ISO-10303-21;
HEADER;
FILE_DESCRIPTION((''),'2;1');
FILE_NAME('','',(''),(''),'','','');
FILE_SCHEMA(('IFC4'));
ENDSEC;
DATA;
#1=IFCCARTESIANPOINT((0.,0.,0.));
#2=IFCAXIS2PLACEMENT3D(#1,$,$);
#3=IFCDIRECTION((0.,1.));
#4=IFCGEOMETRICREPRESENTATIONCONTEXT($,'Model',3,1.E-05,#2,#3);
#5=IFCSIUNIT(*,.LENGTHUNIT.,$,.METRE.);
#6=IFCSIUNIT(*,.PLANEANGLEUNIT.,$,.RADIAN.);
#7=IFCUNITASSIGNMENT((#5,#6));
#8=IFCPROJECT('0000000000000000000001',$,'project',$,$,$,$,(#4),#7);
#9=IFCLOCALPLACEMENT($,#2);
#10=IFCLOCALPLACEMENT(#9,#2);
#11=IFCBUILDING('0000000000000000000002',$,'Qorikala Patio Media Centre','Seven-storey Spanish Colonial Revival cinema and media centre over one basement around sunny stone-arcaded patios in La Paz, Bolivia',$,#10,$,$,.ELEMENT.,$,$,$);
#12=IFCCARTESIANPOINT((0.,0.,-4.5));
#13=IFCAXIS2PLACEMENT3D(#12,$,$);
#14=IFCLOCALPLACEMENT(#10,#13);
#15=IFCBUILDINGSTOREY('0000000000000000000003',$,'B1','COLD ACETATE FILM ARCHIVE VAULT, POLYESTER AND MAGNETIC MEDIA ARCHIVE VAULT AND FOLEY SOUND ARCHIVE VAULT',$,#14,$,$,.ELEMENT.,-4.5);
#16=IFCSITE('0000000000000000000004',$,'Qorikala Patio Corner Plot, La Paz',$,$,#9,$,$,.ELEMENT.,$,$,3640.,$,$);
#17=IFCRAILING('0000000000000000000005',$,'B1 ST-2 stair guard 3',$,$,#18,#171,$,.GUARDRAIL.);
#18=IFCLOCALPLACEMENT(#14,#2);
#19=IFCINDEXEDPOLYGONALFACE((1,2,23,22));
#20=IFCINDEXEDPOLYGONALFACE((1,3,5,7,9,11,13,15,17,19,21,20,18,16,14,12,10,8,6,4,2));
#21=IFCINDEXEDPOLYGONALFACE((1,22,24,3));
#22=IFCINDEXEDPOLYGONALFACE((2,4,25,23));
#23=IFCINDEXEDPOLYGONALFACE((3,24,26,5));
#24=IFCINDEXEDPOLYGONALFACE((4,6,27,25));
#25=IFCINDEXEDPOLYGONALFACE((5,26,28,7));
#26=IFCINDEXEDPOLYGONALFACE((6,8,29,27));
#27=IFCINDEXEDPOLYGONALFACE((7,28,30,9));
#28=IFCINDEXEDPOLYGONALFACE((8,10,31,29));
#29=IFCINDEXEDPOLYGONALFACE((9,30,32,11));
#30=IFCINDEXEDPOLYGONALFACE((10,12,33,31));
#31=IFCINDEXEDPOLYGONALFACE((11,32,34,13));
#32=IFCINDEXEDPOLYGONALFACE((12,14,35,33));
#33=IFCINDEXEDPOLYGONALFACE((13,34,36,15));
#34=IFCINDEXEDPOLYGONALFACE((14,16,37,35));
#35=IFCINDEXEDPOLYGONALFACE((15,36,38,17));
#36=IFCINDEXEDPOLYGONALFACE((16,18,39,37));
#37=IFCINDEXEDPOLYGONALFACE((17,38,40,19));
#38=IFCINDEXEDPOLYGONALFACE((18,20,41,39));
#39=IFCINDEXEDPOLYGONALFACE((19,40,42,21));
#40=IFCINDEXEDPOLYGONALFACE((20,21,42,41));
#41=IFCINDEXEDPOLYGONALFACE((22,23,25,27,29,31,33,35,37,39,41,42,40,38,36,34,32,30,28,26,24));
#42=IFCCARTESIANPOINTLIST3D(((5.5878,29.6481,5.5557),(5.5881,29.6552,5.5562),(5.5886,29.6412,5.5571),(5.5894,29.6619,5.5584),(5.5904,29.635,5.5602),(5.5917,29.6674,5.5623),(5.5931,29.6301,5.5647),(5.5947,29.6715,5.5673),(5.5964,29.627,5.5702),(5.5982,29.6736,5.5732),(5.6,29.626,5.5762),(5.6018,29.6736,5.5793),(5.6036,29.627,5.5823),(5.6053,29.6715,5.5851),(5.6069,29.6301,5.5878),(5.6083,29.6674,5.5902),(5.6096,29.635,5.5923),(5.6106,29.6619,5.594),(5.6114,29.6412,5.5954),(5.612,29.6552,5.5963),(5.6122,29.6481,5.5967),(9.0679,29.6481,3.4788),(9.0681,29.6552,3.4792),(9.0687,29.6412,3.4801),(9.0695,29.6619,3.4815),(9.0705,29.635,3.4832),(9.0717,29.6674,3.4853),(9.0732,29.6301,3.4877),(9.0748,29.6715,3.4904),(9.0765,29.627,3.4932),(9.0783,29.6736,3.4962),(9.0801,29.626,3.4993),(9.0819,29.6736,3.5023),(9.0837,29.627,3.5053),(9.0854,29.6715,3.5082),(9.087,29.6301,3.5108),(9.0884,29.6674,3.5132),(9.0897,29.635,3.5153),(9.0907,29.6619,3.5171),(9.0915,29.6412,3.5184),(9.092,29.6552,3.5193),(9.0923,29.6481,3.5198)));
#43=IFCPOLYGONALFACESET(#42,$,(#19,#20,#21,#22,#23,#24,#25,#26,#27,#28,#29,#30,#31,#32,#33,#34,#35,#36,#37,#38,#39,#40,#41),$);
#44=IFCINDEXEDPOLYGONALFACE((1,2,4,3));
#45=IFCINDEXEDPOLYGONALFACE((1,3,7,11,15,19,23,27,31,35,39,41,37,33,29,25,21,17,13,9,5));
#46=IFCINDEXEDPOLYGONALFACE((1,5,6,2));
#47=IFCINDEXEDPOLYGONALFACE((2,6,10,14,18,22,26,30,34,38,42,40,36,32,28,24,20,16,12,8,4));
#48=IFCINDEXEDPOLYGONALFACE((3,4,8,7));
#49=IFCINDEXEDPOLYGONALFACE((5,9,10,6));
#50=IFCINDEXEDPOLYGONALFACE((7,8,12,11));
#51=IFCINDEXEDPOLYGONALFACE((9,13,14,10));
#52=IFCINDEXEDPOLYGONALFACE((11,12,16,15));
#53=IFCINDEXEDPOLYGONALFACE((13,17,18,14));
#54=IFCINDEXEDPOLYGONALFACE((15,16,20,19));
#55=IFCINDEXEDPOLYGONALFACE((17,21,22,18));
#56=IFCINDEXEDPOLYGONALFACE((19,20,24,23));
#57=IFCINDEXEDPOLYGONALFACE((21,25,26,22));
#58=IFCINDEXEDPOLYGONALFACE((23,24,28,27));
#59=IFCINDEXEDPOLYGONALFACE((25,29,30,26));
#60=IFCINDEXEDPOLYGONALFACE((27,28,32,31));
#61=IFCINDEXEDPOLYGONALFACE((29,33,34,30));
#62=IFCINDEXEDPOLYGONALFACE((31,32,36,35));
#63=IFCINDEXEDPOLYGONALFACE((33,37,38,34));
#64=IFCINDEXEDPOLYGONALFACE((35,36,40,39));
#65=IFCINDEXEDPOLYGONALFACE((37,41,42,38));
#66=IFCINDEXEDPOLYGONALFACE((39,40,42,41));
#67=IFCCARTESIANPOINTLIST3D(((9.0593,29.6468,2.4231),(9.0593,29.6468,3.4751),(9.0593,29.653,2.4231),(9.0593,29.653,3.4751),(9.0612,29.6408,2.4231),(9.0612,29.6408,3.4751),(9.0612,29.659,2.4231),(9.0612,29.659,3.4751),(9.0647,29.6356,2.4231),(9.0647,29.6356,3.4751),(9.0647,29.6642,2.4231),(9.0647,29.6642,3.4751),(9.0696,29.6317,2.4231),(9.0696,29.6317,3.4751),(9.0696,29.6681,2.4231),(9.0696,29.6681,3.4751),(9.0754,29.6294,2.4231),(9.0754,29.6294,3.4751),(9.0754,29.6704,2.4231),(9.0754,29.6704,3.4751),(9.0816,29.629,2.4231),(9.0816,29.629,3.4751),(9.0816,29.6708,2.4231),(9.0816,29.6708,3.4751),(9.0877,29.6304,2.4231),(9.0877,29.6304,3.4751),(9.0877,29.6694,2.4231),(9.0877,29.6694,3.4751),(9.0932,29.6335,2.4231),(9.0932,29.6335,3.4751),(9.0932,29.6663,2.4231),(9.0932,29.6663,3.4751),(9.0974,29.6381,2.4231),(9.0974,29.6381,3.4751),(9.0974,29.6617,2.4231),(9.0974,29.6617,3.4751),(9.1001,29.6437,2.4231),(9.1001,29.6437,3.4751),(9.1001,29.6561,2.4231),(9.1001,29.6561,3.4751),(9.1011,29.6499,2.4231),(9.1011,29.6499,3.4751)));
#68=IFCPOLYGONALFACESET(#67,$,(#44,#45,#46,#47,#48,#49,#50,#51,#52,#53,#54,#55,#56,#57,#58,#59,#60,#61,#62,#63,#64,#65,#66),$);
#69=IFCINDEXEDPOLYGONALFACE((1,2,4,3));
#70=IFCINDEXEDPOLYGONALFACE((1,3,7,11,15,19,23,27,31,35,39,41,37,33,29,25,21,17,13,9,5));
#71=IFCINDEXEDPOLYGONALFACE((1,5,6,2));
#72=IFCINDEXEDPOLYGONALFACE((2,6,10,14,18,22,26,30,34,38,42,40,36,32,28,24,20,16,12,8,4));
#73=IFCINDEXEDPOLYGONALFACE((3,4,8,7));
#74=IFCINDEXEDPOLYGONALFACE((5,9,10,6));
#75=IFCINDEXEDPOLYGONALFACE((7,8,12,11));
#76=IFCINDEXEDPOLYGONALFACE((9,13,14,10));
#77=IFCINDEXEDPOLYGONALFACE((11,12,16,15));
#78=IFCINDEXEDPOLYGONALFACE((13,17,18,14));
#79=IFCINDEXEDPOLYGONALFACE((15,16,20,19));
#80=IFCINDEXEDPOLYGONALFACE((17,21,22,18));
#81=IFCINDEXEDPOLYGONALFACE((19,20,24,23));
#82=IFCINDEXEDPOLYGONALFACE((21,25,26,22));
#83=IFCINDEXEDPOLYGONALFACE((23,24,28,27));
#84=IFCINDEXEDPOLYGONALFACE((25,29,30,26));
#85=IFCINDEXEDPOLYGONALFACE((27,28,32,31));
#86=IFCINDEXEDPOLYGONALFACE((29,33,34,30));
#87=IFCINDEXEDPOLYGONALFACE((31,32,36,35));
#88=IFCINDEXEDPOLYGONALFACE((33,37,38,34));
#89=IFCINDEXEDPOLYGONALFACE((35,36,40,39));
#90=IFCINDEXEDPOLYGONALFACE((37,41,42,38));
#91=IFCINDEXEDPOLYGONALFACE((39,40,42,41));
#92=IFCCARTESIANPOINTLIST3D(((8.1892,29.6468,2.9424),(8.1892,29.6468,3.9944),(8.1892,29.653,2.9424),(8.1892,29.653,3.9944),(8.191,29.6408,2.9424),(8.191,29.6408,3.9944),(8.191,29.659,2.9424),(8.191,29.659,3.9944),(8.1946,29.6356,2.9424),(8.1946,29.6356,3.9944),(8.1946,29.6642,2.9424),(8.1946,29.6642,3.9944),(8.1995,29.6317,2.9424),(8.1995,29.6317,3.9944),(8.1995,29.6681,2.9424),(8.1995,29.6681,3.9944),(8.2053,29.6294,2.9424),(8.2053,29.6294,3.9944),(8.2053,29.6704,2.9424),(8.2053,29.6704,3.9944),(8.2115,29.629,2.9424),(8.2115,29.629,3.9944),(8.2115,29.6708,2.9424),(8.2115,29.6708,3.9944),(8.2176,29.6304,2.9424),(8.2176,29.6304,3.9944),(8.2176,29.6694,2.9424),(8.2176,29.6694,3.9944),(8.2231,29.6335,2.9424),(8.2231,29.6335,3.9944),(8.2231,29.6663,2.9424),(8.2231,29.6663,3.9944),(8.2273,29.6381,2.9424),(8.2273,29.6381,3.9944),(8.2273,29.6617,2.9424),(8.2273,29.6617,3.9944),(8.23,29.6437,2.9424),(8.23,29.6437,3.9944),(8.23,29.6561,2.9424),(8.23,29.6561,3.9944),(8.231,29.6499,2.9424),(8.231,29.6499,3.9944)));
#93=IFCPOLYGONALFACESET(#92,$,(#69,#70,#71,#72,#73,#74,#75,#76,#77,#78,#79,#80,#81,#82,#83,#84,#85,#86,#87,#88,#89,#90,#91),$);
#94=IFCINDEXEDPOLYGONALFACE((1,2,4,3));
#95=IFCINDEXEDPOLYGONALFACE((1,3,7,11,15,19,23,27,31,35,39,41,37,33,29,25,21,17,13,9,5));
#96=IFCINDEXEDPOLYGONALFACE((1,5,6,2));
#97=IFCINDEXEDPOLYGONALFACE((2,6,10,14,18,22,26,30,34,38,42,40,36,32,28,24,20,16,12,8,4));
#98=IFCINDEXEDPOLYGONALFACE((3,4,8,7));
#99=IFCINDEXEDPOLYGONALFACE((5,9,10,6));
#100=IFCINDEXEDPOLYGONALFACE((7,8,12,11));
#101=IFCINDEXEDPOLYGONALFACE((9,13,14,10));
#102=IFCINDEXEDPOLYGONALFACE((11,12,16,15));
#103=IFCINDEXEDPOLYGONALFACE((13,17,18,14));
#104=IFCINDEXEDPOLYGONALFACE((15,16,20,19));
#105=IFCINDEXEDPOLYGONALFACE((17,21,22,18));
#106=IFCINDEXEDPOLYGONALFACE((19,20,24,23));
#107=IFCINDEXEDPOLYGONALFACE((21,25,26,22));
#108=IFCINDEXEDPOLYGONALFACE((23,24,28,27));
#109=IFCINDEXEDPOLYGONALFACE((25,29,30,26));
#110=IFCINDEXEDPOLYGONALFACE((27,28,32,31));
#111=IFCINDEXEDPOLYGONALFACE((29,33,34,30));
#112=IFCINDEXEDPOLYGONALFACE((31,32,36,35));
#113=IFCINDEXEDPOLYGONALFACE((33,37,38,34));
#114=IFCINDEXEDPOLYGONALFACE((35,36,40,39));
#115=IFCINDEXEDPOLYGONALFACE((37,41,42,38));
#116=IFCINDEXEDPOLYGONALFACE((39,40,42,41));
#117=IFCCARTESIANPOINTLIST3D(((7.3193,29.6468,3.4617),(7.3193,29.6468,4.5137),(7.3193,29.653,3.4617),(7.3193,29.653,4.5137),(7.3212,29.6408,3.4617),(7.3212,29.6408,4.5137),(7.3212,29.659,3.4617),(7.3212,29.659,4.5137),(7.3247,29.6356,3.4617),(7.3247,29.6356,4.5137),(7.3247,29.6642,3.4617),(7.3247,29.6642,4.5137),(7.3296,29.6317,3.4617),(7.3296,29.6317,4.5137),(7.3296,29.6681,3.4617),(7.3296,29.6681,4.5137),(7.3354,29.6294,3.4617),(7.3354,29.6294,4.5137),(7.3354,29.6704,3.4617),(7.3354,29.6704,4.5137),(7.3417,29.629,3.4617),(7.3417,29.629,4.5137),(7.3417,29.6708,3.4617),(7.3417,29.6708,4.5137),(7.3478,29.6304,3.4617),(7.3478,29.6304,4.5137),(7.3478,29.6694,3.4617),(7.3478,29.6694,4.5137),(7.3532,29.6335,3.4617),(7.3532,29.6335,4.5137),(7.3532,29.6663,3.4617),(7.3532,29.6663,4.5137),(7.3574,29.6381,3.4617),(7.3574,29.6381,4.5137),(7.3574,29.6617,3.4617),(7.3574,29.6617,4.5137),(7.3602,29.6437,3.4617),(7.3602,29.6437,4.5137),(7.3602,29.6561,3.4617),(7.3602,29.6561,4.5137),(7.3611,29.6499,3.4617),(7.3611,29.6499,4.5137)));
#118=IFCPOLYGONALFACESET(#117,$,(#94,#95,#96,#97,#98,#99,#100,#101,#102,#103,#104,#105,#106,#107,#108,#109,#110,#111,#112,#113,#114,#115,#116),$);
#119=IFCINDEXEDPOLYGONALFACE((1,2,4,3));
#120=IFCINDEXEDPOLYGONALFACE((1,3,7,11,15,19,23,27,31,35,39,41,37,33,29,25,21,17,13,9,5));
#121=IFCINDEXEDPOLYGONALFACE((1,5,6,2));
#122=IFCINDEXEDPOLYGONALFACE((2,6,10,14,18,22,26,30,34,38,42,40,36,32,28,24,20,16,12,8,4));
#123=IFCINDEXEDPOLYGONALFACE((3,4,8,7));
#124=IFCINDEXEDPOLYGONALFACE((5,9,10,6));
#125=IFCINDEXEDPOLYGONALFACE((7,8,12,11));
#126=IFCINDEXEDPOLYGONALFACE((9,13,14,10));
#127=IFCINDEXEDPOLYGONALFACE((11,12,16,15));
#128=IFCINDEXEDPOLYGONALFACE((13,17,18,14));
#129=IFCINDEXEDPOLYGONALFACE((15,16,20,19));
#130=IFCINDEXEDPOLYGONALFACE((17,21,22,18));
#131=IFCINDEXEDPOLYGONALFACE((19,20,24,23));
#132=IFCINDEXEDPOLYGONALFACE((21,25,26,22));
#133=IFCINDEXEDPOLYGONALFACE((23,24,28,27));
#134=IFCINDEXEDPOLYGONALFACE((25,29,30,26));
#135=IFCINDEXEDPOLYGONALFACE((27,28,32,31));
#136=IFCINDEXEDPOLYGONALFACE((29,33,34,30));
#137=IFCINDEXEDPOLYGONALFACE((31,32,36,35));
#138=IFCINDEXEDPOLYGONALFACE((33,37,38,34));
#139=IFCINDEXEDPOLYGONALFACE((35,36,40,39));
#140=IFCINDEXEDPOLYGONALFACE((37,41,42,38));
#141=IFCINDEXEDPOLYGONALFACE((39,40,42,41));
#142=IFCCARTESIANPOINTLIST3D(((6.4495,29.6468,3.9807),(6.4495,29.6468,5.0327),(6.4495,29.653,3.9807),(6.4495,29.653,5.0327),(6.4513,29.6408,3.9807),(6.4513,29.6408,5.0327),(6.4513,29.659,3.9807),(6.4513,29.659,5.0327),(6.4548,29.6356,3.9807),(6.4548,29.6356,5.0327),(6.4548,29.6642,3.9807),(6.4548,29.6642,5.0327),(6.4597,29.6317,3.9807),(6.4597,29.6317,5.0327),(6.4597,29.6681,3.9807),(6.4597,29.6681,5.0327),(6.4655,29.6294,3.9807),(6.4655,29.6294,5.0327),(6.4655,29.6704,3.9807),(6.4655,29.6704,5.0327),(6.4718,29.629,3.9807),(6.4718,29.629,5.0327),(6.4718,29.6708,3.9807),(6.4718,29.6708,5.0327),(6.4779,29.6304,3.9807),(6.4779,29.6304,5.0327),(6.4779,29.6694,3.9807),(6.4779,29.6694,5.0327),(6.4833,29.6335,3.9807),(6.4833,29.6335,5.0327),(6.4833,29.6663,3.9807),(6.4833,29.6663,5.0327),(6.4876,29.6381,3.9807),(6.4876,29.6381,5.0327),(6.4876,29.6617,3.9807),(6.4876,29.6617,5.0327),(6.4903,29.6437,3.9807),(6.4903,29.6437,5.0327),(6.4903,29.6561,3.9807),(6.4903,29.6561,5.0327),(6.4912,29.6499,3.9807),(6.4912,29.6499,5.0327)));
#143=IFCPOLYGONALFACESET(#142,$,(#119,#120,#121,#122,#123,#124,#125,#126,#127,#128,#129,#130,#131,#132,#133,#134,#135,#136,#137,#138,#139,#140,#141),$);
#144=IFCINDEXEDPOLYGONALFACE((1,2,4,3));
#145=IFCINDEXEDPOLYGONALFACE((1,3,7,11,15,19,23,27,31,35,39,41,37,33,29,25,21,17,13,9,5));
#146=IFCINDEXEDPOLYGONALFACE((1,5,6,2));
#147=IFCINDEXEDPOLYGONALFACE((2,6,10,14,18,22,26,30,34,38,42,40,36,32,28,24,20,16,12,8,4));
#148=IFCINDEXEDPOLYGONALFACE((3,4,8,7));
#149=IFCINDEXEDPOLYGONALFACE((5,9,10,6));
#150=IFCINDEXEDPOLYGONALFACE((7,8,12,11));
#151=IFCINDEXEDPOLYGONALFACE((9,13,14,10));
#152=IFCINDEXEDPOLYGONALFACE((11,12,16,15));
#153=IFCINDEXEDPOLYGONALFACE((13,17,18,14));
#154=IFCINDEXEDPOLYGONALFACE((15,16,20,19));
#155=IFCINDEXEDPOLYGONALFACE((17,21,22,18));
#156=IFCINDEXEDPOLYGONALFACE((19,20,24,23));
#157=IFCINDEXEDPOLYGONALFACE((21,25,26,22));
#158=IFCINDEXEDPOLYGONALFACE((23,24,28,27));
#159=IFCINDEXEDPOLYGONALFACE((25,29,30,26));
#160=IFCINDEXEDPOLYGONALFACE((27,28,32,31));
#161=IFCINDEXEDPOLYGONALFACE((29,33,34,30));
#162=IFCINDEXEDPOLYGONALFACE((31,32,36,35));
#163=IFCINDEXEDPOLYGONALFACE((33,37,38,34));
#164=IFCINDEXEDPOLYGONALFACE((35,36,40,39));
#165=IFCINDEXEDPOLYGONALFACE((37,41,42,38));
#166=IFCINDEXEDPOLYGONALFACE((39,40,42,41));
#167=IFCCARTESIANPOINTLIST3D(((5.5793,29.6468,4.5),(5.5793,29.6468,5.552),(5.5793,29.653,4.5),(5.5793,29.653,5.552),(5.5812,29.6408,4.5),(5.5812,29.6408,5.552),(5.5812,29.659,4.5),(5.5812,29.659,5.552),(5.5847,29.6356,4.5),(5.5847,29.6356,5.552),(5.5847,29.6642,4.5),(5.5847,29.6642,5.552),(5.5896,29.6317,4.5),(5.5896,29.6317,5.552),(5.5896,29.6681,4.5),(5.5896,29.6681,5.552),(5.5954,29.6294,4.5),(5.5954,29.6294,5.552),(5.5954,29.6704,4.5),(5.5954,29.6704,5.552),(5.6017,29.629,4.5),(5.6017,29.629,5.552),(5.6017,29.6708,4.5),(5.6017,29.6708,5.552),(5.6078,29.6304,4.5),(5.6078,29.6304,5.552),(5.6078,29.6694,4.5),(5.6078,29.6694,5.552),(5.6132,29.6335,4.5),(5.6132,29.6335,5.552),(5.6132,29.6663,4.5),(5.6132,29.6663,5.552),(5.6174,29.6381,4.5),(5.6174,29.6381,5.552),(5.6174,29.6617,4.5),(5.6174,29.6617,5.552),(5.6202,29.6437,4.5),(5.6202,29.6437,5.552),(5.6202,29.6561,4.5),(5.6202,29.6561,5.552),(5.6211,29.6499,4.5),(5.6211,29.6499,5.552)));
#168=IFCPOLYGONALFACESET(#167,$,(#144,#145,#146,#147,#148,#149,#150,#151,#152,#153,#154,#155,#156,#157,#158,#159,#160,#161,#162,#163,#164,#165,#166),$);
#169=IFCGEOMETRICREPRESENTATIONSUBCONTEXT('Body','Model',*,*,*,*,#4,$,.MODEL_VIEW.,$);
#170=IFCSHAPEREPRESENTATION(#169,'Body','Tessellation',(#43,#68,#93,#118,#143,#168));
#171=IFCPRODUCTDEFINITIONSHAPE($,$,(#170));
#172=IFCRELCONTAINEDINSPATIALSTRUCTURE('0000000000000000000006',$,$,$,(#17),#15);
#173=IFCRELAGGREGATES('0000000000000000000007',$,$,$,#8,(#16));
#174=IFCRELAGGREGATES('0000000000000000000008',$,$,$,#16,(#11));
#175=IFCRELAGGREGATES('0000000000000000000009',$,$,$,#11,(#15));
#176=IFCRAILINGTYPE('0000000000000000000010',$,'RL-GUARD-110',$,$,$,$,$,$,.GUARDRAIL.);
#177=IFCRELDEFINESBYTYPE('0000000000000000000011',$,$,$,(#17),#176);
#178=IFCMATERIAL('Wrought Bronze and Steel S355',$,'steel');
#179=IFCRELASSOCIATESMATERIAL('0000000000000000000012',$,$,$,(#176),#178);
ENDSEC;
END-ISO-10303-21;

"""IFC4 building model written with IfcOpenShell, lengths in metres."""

from ifc_helpers import new_model, si_unit, direction, frame, origin, origin_2d, place, context, subcontext, project, spatial, circle, extrude, material, type_object, element, save


model = new_model("IFC4")

# Units and contexts
model_context = context("Model", 3, precision=1e-05, world=origin(), true_north=direction((0.0, 1.0)))
body_context = subcontext(model_context, "Body", "Model", "MODEL_VIEW")
ifc_project = project(units=[si_unit("LENGTHUNIT", "METRE"), si_unit("PLANEANGLEUNIT", "RADIAN")], contexts=[model_context])

# Site, building, storey
site_placement = place(None, origin())
site = spatial("IfcSite", under=ifc_project, at=site_placement, Name="Qorikala Patio Corner Plot, La Paz", CompositionType="ELEMENT", RefElevation=3640.0)
building_placement = place(site_placement, origin())
building = spatial("IfcBuilding", under=site, at=building_placement, Name="Qorikala Patio Media Centre", Description="Seven-storey Spanish Colonial Revival cinema and media centre over one basement around sunny stone-arcaded patios in La Paz, Bolivia", CompositionType="ELEMENT")
storey_placement = place(building_placement, frame((0.0, 0.0, -4.5)))
storey = spatial("IfcBuildingStorey", under=building, at=storey_placement, Name="B1", Description="COLD ACETATE FILM ARCHIVE VAULT, POLYESTER AND MAGNETIC MEDIA ARCHIVE VAULT AND FOLEY SOUND ARCHIVE VAULT", CompositionType="ELEMENT", Elevation=-4.5)

# Railing
ifc_material_1 = material(Name="Wrought Bronze and Steel S355", Category="steel")
railing_type_1 = type_object("IfcRailingType", Name="RL-GUARD-110", PredefinedType="GUARDRAIL", material=ifc_material_1)
railing_1_placement = place(storey_placement, frame((9.0801, 29.6499, 2.4231)))
element("IfcRailing", 1, at=railing_1_placement, inside=storey, type_object=railing_type_1, Name="B1 ST-2 stair guard 3", PredefinedType="GUARDRAIL", context=body_context, shape_type="SweptSolid", body=[
    extrude(circle(Radius=0.0239, at=origin_2d()), frame((0.0, 0.0, 1.0762), z_axis=(-0.858697, 0.0, 0.512483), x_axis=(0.0, -1.0, 0.0)), (0.0, 0.0, 1.0), 4.0527),
    extrude(circle(Radius=0.021, at=origin_2d()), origin(), (0.0, 0.0, 1.0), 1.052),
    extrude(circle(Radius=0.021, at=origin_2d()), frame((-0.8701, 0.0, 0.5193)), (0.0, 0.0, 1.0), 1.052),
    extrude(circle(Radius=0.021, at=origin_2d()), frame((-1.74, 0.0, 1.0386)), (0.0, 0.0, 1.0), 1.052),
    extrude(circle(Radius=0.021, at=origin_2d()), frame((-2.6099, 0.0, 1.5576)), (0.0, 0.0, 1.0), 1.052),
    extrude(circle(Radius=0.021, at=origin_2d()), frame((-3.48, 0.0, 2.0769)), (0.0, 0.0, 1.0), 1.052),
])

save(model, "model.ifc")
